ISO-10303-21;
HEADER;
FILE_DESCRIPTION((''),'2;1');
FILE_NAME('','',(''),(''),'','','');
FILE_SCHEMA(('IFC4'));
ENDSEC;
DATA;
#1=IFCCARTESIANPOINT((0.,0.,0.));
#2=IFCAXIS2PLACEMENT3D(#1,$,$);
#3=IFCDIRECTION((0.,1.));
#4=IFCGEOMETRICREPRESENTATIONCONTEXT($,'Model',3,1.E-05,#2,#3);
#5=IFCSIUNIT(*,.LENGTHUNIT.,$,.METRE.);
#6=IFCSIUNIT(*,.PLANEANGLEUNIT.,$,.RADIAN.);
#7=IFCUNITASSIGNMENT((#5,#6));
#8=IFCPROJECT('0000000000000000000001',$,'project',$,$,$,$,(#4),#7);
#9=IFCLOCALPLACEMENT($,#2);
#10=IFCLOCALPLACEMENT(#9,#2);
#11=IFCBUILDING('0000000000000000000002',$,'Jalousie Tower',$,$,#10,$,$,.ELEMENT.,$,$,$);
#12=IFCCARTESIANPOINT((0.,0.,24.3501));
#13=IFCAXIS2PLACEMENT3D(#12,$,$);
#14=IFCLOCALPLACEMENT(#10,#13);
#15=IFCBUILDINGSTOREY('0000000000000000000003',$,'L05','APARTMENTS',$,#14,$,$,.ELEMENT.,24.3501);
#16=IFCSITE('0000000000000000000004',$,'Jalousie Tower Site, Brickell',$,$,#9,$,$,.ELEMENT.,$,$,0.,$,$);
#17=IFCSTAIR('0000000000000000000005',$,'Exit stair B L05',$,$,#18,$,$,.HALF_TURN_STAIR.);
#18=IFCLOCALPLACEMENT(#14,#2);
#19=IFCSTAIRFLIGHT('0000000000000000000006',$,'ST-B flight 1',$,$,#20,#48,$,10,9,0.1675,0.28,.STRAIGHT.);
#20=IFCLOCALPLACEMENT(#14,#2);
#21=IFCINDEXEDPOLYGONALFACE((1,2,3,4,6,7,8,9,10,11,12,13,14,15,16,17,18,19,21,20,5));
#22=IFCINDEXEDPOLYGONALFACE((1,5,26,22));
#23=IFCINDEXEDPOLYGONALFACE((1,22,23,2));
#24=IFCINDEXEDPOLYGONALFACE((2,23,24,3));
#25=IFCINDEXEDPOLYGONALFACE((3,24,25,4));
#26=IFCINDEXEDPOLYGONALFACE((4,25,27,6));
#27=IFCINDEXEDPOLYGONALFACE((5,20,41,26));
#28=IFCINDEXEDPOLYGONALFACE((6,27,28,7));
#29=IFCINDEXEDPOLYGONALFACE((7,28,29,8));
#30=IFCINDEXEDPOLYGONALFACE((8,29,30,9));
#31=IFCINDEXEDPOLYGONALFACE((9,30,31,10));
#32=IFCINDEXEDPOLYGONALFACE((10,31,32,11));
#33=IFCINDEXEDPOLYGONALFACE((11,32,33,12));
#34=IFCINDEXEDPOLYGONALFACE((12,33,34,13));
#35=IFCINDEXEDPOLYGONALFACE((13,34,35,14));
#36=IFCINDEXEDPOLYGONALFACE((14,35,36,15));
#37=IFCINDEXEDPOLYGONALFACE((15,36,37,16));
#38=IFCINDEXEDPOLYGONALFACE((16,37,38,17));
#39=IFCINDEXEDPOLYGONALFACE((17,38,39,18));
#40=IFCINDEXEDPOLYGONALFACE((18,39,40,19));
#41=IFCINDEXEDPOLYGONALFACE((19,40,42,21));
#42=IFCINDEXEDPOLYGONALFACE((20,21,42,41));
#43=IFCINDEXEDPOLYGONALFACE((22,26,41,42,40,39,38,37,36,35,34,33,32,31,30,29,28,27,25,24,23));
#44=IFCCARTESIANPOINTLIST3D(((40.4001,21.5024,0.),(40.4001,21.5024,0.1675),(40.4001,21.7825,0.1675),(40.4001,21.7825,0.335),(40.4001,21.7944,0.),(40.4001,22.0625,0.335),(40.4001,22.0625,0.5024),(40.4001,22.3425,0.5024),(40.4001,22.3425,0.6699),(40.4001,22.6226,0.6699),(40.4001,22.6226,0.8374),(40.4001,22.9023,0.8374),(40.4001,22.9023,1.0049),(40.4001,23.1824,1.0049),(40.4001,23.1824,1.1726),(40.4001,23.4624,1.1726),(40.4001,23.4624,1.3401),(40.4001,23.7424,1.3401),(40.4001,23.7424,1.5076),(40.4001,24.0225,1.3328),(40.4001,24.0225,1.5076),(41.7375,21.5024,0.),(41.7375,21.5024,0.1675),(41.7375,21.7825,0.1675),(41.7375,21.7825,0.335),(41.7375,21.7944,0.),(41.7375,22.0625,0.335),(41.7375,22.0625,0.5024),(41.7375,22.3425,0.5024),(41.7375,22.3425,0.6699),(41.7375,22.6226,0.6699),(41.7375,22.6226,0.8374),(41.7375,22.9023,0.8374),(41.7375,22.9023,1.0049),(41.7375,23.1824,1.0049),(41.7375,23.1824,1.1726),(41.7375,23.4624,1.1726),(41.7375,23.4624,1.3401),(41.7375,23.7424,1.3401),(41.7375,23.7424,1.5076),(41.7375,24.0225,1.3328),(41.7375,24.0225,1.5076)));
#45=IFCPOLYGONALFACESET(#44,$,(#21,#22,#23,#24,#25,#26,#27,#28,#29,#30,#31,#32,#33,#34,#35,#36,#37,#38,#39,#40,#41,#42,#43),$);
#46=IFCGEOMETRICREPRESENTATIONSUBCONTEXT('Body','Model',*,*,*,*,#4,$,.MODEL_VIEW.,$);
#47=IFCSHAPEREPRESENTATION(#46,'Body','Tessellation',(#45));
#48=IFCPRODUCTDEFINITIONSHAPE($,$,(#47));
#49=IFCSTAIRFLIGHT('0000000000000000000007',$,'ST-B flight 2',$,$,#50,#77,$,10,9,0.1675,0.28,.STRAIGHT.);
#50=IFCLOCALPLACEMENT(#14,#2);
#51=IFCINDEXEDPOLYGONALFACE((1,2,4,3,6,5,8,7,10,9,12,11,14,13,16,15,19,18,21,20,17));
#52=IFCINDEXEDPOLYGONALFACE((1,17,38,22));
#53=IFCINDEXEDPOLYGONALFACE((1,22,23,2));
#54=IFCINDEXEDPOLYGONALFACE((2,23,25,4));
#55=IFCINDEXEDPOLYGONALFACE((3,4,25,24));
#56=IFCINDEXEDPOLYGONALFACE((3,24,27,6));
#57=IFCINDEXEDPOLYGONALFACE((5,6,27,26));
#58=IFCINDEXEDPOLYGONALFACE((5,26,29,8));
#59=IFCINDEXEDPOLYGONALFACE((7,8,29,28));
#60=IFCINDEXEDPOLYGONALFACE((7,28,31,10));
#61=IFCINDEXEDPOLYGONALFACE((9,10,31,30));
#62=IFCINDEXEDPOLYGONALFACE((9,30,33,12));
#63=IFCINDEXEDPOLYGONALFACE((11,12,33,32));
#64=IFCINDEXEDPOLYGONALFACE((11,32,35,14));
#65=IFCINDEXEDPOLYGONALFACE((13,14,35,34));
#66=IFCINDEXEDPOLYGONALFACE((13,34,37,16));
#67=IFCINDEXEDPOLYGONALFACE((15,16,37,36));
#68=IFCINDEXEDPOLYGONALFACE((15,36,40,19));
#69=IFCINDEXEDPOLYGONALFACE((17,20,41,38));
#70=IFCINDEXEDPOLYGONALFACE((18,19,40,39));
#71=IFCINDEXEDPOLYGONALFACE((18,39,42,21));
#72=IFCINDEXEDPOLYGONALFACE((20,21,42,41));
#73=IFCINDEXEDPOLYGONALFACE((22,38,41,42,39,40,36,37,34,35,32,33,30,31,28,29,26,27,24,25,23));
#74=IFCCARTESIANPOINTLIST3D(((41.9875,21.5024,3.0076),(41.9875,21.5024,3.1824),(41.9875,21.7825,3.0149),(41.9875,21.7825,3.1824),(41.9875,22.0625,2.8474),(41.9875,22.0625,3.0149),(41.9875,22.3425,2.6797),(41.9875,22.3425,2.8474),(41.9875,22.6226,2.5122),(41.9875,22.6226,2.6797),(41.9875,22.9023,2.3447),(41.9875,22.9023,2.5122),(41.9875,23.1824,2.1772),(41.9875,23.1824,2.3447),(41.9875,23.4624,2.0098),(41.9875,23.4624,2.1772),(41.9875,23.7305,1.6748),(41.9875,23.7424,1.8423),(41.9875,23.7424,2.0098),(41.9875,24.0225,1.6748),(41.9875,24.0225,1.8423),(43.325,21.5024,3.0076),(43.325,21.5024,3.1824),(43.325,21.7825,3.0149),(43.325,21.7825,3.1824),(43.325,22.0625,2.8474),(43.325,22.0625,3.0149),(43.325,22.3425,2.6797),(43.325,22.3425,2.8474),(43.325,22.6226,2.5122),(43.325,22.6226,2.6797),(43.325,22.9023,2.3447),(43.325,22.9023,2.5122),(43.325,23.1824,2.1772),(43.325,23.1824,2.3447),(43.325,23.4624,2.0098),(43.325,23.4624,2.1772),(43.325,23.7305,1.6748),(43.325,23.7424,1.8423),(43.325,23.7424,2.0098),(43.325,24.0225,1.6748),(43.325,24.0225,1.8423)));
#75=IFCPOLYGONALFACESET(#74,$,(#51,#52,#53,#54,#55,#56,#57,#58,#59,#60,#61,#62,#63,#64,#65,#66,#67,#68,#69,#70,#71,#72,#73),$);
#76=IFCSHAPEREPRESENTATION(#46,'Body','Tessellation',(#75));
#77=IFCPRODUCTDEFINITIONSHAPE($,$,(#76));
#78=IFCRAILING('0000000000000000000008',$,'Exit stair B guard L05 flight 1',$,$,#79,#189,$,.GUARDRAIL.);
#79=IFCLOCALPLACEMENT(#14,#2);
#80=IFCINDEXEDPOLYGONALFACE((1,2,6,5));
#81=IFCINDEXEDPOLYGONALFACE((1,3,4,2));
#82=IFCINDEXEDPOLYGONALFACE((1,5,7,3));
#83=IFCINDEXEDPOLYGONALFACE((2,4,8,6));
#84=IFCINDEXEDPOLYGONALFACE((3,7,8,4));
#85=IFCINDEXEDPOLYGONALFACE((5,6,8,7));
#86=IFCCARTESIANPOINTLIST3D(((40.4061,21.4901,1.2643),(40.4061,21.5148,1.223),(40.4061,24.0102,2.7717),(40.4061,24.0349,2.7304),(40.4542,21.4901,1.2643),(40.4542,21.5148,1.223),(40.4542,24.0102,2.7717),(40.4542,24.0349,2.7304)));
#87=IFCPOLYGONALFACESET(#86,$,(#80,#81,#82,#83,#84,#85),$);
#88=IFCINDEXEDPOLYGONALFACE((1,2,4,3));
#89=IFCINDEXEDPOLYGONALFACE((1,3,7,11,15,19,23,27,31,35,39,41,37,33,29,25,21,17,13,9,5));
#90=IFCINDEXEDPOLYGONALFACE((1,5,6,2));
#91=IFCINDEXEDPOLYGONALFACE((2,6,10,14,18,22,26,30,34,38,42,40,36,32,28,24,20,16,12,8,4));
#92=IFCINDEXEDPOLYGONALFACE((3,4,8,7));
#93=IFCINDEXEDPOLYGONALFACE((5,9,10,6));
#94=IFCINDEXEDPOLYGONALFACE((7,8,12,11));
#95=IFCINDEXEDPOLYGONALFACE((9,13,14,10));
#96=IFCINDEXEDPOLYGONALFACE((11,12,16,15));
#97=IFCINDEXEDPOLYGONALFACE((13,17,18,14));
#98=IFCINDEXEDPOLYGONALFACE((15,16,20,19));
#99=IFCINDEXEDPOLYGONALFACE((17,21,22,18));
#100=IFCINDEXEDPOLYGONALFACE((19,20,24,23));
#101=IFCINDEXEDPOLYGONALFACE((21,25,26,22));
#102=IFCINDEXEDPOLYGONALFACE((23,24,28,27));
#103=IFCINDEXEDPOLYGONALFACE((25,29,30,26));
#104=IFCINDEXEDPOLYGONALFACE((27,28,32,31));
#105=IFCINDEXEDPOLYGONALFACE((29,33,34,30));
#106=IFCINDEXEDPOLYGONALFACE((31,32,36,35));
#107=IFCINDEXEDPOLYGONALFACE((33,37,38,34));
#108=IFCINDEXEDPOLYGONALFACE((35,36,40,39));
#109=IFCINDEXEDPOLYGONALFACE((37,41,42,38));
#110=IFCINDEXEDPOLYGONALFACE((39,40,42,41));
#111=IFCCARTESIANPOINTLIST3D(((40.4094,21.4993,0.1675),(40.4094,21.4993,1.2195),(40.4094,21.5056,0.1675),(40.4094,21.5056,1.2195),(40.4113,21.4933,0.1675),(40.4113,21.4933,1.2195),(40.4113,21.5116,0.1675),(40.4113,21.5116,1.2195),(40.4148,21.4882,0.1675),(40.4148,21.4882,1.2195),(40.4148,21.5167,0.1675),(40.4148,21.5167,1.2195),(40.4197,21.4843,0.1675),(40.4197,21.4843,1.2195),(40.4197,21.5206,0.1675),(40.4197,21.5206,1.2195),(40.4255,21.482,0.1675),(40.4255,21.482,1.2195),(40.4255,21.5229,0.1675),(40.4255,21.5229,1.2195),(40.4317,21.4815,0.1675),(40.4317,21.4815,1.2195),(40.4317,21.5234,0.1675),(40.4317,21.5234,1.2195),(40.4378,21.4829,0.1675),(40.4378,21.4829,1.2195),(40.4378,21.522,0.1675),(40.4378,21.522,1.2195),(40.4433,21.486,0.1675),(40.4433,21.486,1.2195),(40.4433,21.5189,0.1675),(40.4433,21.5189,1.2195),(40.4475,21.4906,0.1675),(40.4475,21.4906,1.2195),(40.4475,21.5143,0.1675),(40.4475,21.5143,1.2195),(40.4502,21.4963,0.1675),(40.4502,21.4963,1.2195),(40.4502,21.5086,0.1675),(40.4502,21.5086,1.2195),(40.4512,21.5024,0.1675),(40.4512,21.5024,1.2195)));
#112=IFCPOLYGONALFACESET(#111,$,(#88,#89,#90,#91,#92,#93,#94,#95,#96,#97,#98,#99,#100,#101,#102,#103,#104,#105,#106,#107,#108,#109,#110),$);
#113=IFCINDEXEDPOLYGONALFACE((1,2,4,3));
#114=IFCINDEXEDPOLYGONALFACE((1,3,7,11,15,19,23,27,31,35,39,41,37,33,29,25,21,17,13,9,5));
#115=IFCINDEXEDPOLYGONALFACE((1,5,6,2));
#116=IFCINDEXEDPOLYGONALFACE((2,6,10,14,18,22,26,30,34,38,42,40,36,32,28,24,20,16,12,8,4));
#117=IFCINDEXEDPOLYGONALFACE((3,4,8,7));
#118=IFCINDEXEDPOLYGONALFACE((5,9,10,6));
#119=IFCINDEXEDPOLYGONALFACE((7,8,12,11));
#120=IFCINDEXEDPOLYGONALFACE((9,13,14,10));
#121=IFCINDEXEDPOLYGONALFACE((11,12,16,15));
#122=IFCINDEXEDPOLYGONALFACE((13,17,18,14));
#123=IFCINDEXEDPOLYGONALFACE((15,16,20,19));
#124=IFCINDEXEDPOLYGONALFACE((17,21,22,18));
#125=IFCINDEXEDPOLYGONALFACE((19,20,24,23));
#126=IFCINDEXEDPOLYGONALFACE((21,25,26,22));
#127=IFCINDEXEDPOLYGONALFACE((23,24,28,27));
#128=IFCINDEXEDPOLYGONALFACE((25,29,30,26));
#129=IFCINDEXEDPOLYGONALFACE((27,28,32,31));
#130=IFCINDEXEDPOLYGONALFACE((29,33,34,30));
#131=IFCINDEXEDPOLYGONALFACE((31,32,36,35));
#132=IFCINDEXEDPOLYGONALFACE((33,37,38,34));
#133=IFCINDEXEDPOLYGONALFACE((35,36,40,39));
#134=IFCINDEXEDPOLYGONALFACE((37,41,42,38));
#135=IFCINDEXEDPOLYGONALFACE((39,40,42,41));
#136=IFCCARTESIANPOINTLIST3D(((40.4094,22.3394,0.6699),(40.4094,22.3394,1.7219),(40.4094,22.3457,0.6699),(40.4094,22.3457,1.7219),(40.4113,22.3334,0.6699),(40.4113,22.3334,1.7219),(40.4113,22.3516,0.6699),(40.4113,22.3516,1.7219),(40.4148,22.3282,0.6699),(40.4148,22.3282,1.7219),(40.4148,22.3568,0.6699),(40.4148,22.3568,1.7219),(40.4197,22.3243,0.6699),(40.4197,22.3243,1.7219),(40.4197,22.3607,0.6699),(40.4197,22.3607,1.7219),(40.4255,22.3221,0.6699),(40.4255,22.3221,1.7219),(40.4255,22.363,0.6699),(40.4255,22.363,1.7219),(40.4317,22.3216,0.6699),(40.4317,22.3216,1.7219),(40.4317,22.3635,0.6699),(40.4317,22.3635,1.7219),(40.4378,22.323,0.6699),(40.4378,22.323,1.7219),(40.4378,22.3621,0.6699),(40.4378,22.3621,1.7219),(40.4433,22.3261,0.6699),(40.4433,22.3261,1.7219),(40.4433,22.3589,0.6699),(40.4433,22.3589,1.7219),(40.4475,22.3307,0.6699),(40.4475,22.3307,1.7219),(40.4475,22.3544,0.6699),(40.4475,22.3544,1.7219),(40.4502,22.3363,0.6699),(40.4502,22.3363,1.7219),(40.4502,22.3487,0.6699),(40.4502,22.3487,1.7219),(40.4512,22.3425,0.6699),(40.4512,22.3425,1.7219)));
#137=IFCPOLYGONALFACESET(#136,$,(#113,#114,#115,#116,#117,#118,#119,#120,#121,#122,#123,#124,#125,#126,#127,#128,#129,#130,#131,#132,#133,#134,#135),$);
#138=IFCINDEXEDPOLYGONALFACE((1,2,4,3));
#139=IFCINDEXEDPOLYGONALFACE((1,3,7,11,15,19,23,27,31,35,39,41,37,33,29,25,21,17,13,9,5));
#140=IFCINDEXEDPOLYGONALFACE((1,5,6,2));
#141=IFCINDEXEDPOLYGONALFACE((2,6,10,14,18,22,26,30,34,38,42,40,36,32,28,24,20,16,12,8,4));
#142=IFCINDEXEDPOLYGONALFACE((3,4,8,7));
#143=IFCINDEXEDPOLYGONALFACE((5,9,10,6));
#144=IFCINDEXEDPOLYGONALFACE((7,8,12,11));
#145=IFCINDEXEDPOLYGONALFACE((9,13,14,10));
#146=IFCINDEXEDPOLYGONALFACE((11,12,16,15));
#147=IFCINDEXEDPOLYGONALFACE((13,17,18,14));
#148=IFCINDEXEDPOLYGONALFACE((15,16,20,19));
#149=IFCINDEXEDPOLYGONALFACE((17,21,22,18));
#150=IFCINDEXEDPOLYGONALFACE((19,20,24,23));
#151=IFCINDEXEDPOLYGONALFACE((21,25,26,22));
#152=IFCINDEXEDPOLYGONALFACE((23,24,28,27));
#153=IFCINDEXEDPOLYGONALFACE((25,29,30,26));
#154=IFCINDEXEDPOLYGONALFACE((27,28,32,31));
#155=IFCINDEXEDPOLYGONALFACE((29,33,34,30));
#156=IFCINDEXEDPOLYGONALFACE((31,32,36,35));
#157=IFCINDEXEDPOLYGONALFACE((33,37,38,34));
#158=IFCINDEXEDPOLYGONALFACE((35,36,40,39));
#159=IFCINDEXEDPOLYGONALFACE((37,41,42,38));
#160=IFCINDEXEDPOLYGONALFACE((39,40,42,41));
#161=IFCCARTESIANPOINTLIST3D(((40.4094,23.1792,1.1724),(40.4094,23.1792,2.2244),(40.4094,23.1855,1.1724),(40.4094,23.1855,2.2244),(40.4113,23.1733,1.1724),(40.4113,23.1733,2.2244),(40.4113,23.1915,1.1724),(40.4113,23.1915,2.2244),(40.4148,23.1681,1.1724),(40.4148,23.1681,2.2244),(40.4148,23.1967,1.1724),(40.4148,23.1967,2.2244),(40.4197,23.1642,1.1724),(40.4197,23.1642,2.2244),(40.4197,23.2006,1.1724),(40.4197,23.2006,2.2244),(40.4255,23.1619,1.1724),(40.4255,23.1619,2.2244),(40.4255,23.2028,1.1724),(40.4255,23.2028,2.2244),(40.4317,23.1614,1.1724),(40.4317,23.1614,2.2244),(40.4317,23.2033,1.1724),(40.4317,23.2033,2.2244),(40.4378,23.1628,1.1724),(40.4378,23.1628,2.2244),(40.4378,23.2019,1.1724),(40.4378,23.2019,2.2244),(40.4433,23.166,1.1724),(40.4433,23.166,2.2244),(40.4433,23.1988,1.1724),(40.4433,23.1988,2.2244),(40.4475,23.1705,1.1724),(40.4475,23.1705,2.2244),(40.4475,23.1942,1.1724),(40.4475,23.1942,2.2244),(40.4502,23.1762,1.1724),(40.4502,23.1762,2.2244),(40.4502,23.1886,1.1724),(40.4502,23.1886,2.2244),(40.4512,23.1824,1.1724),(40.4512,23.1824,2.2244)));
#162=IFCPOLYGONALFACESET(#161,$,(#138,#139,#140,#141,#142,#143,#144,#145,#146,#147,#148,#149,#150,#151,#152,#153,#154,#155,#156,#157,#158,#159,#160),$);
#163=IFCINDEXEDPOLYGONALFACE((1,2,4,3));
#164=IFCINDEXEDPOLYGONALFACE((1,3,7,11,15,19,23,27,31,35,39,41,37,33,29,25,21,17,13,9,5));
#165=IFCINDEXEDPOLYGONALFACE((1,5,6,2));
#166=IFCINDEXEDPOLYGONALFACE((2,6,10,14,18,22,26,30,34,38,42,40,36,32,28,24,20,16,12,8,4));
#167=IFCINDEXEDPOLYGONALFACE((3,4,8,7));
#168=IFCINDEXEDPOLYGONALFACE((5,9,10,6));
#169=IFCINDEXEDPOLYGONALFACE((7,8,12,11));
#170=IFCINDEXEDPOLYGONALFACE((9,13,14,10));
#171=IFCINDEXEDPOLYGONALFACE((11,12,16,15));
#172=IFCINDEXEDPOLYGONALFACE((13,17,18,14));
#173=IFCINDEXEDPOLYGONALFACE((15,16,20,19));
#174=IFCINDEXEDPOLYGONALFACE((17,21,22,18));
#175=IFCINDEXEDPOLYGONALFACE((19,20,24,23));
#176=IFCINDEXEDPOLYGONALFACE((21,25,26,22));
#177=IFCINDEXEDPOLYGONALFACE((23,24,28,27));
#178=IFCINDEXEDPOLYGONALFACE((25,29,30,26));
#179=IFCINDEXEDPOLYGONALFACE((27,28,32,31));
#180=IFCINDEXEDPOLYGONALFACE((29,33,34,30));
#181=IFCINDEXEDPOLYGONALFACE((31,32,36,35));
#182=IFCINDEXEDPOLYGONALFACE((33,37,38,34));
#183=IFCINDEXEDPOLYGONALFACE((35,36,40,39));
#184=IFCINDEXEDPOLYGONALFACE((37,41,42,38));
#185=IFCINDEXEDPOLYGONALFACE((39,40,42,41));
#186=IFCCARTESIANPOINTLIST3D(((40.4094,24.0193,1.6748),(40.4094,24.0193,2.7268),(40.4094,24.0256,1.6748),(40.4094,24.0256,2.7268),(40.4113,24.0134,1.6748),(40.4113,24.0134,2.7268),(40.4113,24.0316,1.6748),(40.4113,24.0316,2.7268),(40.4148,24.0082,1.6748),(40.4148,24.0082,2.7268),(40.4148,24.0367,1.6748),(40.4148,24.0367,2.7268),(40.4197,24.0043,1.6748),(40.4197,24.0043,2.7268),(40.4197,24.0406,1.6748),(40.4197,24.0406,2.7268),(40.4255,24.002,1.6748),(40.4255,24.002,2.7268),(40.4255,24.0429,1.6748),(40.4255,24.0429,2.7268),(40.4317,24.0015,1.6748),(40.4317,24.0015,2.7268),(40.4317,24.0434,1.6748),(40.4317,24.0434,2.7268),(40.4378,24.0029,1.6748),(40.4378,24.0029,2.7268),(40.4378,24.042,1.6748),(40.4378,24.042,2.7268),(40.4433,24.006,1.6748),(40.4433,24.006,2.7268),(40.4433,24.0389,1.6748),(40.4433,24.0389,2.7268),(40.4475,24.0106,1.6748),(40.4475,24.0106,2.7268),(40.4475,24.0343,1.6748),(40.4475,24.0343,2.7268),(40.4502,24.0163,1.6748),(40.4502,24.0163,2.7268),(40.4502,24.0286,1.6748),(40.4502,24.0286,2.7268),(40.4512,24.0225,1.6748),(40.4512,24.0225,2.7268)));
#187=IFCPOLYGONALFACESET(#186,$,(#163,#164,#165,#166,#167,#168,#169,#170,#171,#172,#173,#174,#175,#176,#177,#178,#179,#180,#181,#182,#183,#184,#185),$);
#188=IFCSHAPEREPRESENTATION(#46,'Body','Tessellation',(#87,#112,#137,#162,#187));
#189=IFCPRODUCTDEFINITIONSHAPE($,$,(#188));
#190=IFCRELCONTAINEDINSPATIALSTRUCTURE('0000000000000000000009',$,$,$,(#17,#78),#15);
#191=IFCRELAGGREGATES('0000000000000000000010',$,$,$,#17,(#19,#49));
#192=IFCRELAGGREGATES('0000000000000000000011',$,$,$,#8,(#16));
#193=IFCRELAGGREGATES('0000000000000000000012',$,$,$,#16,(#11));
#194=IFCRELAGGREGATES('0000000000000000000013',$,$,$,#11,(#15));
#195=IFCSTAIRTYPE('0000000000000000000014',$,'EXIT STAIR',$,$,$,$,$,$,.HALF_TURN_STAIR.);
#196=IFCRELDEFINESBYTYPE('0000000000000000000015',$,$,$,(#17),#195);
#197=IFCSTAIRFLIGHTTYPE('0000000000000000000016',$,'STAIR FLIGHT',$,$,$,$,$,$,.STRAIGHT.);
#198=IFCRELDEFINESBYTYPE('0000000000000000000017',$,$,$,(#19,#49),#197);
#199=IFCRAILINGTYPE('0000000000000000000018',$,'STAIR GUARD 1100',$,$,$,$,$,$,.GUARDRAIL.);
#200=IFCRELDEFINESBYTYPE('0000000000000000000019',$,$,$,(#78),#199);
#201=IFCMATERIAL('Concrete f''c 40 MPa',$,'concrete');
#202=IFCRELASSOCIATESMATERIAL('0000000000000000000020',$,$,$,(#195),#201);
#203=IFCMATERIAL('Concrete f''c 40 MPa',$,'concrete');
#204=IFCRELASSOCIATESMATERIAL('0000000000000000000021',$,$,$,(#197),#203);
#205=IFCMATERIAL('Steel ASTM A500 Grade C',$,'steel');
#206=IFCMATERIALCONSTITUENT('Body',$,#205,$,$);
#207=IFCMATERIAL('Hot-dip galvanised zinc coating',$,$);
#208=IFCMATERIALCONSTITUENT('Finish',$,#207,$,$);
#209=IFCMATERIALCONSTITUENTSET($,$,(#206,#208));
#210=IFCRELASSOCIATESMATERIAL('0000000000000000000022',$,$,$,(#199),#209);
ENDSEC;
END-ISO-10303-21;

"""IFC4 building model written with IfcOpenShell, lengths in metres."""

from ifc_helpers import new_model, si_unit, direction, frame, origin, origin_2d, place, context, subcontext, project, spatial, polyline, rectangle, circle, outline, extrude, material, constituent, constituent_set, type_object, element, aggregate, save


model = new_model("IFC4")

# Units and contexts
model_context = context("Model", 3, precision=1e-05, world=origin(), true_north=direction((0.0, 1.0)))
body_context = subcontext(model_context, "Body", "Model", "MODEL_VIEW")
ifc_project = project(units=[si_unit("LENGTHUNIT", "METRE"), si_unit("PLANEANGLEUNIT", "RADIAN")], contexts=[model_context])

# Site, building, storey
site_placement = place(None, origin())
site = spatial("IfcSite", under=ifc_project, at=site_placement, Name="Jalousie Tower Site, Brickell", CompositionType="ELEMENT", RefElevation=0.0)
building_placement = place(site_placement, origin())
building = spatial("IfcBuilding", under=site, at=building_placement, Name="Jalousie Tower", CompositionType="ELEMENT")
storey_placement = place(building_placement, frame((0.0, 0.0, 24.3501)))
storey = spatial("IfcBuildingStorey", under=building, at=storey_placement, Name="L05", Description="APARTMENTS", CompositionType="ELEMENT", Elevation=24.3501)

# Stair, stair flights
ifc_material_1 = material(Name="Concrete f'c 40 MPa", Category="concrete")
stair_type = type_object("IfcStairType", Name="EXIT STAIR", PredefinedType="HALF_TURN_STAIR", material=ifc_material_1)
stair_placement = place(storey_placement, origin())
stair = element("IfcStair", 1, at=stair_placement, inside=storey, type_object=stair_type, Name="Exit stair B L05", PredefinedType="HALF_TURN_STAIR")
ifc_material_2 = material(Name="Concrete f'c 40 MPa", Category="concrete")
stair_flight_type = type_object("IfcStairFlightType", Name="STAIR FLIGHT", PredefinedType="STRAIGHT", material=ifc_material_2)
stair_flight_1_placement = place(storey_placement, frame((41.0688, 21.5024, 0.0), z_axis=(0.0, 0.0, 1.0), x_axis=(0.0, 1.0, 0.0)))
stair_flight_1 = element("IfcStairFlight", 2, at=stair_flight_1_placement, type_object=stair_flight_type, Name="ST-B flight 1", NumberOfRisers=10, NumberOfTreads=9, PredefinedType="STRAIGHT", RiserHeight=0.1675, TreadLength=0.28, context=body_context, shape_type="SweptSolid", body=[
    extrude(outline(polyline([(0.0, 0.0), (0.0, 0.1675), (0.28, 0.1675), (0.28, 0.335), (0.5601, 0.335), (0.5601, 0.5024), (0.8401, 0.5024), (0.8401, 0.6699), (1.1201, 0.6699), (1.1201, 0.8374), (1.3999, 0.8374), (1.3999, 1.0049), (1.6799, 1.0049), (1.6799, 1.1726), (1.96, 1.1726), (1.96, 1.3401), (2.24, 1.3401), (2.24, 1.5076), (2.52, 1.5076), (2.52, 1.675), (2.52, 1.3328), (0.292, 0.0), (0.0, 0.0)])), frame((0.0, 0.6687, 0.0), z_axis=(0.0, -1.0, 0.0), x_axis=(1.0, 0.0, 0.0)), (0.0, 0.0, 1.0), 1.3374),
])
stair_flight_2_placement = place(storey_placement, frame((42.6562, 24.0225, 1.6748), z_axis=(0.0, 0.0, 1.0), x_axis=(0.0, -1.0, 0.0)))
stair_flight_2 = element("IfcStairFlight", 3, at=stair_flight_2_placement, type_object=stair_flight_type, Name="ST-B flight 2", NumberOfRisers=10, NumberOfTreads=9, PredefinedType="STRAIGHT", RiserHeight=0.1675, TreadLength=0.28, context=body_context, shape_type="SweptSolid", body=[
    extrude(outline(polyline([(0.0, 0.0), (0.0, 0.1675), (0.28, 0.1675), (0.28, 0.335), (0.5601, 0.335), (0.5601, 0.5024), (0.8401, 0.5024), (0.8401, 0.6699), (1.1201, 0.6699), (1.1201, 0.8374), (1.3999, 0.8374), (1.3999, 1.0049), (1.6799, 1.0049), (1.6799, 1.1726), (1.96, 1.1726), (1.96, 1.3401), (2.24, 1.3401), (2.24, 1.5076), (2.52, 1.5076), (2.52, 1.675), (2.52, 1.3328), (0.292, 0.0), (0.0, 0.0)])), frame((0.0, 0.6687, 0.0), z_axis=(0.0, -1.0, 0.0), x_axis=(1.0, 0.0, 0.0)), (0.0, 0.0, 1.0), 1.3374),
])
aggregate(stair, [stair_flight_1, stair_flight_2])

# Railing
ifc_material_3 = material(Name="Steel ASTM A500 Grade C", Category="steel")
ifc_constituent_1 = constituent(ifc_material_3, Name="Body")
ifc_material_4 = material(Name="Hot-dip galvanised zinc coating")
ifc_constituent_2 = constituent(ifc_material_4, Name="Finish")
ifc_constituent_set_1 = constituent_set(constituents=[ifc_constituent_1, ifc_constituent_2])
railing_type_1 = type_object("IfcRailingType", Name="STAIR GUARD 1100", PredefinedType="GUARDRAIL", material=ifc_constituent_set_1)
railing_1_placement = place(storey_placement, frame((40.4302, 21.5024, 0.1675)))
element("IfcRailing", 4, at=railing_1_placement, inside=storey, type_object=railing_type_1, Name="Exit stair B guard L05 flight 1", PredefinedType="GUARDRAIL", context=body_context, shape_type="SweptSolid", body=[
    extrude(rectangle(XDim=0.0481, YDim=0.0481, at=origin_2d()), frame((0.0, 0.0, 1.0762), z_axis=(0.0, 0.858196, 0.513321), x_axis=(-1.0, 0.0, 0.0)), (0.0, 0.0, 1.0), 2.9365),
    extrude(circle(Radius=0.021, at=origin_2d()), origin(), (0.0, 0.0, 1.0), 1.052),
    extrude(circle(Radius=0.021, at=origin_2d()), frame((0.0, 0.8401, 0.5024)), (0.0, 0.0, 1.0), 1.052),
    extrude(circle(Radius=0.021, at=origin_2d()), frame((0.0, 1.6799, 1.0049)), (0.0, 0.0, 1.0), 1.052),
    extrude(circle(Radius=0.021, at=origin_2d()), frame((0.0, 2.52, 1.5073)), (0.0, 0.0, 1.0), 1.052),
])

save(model, "model.ifc")
